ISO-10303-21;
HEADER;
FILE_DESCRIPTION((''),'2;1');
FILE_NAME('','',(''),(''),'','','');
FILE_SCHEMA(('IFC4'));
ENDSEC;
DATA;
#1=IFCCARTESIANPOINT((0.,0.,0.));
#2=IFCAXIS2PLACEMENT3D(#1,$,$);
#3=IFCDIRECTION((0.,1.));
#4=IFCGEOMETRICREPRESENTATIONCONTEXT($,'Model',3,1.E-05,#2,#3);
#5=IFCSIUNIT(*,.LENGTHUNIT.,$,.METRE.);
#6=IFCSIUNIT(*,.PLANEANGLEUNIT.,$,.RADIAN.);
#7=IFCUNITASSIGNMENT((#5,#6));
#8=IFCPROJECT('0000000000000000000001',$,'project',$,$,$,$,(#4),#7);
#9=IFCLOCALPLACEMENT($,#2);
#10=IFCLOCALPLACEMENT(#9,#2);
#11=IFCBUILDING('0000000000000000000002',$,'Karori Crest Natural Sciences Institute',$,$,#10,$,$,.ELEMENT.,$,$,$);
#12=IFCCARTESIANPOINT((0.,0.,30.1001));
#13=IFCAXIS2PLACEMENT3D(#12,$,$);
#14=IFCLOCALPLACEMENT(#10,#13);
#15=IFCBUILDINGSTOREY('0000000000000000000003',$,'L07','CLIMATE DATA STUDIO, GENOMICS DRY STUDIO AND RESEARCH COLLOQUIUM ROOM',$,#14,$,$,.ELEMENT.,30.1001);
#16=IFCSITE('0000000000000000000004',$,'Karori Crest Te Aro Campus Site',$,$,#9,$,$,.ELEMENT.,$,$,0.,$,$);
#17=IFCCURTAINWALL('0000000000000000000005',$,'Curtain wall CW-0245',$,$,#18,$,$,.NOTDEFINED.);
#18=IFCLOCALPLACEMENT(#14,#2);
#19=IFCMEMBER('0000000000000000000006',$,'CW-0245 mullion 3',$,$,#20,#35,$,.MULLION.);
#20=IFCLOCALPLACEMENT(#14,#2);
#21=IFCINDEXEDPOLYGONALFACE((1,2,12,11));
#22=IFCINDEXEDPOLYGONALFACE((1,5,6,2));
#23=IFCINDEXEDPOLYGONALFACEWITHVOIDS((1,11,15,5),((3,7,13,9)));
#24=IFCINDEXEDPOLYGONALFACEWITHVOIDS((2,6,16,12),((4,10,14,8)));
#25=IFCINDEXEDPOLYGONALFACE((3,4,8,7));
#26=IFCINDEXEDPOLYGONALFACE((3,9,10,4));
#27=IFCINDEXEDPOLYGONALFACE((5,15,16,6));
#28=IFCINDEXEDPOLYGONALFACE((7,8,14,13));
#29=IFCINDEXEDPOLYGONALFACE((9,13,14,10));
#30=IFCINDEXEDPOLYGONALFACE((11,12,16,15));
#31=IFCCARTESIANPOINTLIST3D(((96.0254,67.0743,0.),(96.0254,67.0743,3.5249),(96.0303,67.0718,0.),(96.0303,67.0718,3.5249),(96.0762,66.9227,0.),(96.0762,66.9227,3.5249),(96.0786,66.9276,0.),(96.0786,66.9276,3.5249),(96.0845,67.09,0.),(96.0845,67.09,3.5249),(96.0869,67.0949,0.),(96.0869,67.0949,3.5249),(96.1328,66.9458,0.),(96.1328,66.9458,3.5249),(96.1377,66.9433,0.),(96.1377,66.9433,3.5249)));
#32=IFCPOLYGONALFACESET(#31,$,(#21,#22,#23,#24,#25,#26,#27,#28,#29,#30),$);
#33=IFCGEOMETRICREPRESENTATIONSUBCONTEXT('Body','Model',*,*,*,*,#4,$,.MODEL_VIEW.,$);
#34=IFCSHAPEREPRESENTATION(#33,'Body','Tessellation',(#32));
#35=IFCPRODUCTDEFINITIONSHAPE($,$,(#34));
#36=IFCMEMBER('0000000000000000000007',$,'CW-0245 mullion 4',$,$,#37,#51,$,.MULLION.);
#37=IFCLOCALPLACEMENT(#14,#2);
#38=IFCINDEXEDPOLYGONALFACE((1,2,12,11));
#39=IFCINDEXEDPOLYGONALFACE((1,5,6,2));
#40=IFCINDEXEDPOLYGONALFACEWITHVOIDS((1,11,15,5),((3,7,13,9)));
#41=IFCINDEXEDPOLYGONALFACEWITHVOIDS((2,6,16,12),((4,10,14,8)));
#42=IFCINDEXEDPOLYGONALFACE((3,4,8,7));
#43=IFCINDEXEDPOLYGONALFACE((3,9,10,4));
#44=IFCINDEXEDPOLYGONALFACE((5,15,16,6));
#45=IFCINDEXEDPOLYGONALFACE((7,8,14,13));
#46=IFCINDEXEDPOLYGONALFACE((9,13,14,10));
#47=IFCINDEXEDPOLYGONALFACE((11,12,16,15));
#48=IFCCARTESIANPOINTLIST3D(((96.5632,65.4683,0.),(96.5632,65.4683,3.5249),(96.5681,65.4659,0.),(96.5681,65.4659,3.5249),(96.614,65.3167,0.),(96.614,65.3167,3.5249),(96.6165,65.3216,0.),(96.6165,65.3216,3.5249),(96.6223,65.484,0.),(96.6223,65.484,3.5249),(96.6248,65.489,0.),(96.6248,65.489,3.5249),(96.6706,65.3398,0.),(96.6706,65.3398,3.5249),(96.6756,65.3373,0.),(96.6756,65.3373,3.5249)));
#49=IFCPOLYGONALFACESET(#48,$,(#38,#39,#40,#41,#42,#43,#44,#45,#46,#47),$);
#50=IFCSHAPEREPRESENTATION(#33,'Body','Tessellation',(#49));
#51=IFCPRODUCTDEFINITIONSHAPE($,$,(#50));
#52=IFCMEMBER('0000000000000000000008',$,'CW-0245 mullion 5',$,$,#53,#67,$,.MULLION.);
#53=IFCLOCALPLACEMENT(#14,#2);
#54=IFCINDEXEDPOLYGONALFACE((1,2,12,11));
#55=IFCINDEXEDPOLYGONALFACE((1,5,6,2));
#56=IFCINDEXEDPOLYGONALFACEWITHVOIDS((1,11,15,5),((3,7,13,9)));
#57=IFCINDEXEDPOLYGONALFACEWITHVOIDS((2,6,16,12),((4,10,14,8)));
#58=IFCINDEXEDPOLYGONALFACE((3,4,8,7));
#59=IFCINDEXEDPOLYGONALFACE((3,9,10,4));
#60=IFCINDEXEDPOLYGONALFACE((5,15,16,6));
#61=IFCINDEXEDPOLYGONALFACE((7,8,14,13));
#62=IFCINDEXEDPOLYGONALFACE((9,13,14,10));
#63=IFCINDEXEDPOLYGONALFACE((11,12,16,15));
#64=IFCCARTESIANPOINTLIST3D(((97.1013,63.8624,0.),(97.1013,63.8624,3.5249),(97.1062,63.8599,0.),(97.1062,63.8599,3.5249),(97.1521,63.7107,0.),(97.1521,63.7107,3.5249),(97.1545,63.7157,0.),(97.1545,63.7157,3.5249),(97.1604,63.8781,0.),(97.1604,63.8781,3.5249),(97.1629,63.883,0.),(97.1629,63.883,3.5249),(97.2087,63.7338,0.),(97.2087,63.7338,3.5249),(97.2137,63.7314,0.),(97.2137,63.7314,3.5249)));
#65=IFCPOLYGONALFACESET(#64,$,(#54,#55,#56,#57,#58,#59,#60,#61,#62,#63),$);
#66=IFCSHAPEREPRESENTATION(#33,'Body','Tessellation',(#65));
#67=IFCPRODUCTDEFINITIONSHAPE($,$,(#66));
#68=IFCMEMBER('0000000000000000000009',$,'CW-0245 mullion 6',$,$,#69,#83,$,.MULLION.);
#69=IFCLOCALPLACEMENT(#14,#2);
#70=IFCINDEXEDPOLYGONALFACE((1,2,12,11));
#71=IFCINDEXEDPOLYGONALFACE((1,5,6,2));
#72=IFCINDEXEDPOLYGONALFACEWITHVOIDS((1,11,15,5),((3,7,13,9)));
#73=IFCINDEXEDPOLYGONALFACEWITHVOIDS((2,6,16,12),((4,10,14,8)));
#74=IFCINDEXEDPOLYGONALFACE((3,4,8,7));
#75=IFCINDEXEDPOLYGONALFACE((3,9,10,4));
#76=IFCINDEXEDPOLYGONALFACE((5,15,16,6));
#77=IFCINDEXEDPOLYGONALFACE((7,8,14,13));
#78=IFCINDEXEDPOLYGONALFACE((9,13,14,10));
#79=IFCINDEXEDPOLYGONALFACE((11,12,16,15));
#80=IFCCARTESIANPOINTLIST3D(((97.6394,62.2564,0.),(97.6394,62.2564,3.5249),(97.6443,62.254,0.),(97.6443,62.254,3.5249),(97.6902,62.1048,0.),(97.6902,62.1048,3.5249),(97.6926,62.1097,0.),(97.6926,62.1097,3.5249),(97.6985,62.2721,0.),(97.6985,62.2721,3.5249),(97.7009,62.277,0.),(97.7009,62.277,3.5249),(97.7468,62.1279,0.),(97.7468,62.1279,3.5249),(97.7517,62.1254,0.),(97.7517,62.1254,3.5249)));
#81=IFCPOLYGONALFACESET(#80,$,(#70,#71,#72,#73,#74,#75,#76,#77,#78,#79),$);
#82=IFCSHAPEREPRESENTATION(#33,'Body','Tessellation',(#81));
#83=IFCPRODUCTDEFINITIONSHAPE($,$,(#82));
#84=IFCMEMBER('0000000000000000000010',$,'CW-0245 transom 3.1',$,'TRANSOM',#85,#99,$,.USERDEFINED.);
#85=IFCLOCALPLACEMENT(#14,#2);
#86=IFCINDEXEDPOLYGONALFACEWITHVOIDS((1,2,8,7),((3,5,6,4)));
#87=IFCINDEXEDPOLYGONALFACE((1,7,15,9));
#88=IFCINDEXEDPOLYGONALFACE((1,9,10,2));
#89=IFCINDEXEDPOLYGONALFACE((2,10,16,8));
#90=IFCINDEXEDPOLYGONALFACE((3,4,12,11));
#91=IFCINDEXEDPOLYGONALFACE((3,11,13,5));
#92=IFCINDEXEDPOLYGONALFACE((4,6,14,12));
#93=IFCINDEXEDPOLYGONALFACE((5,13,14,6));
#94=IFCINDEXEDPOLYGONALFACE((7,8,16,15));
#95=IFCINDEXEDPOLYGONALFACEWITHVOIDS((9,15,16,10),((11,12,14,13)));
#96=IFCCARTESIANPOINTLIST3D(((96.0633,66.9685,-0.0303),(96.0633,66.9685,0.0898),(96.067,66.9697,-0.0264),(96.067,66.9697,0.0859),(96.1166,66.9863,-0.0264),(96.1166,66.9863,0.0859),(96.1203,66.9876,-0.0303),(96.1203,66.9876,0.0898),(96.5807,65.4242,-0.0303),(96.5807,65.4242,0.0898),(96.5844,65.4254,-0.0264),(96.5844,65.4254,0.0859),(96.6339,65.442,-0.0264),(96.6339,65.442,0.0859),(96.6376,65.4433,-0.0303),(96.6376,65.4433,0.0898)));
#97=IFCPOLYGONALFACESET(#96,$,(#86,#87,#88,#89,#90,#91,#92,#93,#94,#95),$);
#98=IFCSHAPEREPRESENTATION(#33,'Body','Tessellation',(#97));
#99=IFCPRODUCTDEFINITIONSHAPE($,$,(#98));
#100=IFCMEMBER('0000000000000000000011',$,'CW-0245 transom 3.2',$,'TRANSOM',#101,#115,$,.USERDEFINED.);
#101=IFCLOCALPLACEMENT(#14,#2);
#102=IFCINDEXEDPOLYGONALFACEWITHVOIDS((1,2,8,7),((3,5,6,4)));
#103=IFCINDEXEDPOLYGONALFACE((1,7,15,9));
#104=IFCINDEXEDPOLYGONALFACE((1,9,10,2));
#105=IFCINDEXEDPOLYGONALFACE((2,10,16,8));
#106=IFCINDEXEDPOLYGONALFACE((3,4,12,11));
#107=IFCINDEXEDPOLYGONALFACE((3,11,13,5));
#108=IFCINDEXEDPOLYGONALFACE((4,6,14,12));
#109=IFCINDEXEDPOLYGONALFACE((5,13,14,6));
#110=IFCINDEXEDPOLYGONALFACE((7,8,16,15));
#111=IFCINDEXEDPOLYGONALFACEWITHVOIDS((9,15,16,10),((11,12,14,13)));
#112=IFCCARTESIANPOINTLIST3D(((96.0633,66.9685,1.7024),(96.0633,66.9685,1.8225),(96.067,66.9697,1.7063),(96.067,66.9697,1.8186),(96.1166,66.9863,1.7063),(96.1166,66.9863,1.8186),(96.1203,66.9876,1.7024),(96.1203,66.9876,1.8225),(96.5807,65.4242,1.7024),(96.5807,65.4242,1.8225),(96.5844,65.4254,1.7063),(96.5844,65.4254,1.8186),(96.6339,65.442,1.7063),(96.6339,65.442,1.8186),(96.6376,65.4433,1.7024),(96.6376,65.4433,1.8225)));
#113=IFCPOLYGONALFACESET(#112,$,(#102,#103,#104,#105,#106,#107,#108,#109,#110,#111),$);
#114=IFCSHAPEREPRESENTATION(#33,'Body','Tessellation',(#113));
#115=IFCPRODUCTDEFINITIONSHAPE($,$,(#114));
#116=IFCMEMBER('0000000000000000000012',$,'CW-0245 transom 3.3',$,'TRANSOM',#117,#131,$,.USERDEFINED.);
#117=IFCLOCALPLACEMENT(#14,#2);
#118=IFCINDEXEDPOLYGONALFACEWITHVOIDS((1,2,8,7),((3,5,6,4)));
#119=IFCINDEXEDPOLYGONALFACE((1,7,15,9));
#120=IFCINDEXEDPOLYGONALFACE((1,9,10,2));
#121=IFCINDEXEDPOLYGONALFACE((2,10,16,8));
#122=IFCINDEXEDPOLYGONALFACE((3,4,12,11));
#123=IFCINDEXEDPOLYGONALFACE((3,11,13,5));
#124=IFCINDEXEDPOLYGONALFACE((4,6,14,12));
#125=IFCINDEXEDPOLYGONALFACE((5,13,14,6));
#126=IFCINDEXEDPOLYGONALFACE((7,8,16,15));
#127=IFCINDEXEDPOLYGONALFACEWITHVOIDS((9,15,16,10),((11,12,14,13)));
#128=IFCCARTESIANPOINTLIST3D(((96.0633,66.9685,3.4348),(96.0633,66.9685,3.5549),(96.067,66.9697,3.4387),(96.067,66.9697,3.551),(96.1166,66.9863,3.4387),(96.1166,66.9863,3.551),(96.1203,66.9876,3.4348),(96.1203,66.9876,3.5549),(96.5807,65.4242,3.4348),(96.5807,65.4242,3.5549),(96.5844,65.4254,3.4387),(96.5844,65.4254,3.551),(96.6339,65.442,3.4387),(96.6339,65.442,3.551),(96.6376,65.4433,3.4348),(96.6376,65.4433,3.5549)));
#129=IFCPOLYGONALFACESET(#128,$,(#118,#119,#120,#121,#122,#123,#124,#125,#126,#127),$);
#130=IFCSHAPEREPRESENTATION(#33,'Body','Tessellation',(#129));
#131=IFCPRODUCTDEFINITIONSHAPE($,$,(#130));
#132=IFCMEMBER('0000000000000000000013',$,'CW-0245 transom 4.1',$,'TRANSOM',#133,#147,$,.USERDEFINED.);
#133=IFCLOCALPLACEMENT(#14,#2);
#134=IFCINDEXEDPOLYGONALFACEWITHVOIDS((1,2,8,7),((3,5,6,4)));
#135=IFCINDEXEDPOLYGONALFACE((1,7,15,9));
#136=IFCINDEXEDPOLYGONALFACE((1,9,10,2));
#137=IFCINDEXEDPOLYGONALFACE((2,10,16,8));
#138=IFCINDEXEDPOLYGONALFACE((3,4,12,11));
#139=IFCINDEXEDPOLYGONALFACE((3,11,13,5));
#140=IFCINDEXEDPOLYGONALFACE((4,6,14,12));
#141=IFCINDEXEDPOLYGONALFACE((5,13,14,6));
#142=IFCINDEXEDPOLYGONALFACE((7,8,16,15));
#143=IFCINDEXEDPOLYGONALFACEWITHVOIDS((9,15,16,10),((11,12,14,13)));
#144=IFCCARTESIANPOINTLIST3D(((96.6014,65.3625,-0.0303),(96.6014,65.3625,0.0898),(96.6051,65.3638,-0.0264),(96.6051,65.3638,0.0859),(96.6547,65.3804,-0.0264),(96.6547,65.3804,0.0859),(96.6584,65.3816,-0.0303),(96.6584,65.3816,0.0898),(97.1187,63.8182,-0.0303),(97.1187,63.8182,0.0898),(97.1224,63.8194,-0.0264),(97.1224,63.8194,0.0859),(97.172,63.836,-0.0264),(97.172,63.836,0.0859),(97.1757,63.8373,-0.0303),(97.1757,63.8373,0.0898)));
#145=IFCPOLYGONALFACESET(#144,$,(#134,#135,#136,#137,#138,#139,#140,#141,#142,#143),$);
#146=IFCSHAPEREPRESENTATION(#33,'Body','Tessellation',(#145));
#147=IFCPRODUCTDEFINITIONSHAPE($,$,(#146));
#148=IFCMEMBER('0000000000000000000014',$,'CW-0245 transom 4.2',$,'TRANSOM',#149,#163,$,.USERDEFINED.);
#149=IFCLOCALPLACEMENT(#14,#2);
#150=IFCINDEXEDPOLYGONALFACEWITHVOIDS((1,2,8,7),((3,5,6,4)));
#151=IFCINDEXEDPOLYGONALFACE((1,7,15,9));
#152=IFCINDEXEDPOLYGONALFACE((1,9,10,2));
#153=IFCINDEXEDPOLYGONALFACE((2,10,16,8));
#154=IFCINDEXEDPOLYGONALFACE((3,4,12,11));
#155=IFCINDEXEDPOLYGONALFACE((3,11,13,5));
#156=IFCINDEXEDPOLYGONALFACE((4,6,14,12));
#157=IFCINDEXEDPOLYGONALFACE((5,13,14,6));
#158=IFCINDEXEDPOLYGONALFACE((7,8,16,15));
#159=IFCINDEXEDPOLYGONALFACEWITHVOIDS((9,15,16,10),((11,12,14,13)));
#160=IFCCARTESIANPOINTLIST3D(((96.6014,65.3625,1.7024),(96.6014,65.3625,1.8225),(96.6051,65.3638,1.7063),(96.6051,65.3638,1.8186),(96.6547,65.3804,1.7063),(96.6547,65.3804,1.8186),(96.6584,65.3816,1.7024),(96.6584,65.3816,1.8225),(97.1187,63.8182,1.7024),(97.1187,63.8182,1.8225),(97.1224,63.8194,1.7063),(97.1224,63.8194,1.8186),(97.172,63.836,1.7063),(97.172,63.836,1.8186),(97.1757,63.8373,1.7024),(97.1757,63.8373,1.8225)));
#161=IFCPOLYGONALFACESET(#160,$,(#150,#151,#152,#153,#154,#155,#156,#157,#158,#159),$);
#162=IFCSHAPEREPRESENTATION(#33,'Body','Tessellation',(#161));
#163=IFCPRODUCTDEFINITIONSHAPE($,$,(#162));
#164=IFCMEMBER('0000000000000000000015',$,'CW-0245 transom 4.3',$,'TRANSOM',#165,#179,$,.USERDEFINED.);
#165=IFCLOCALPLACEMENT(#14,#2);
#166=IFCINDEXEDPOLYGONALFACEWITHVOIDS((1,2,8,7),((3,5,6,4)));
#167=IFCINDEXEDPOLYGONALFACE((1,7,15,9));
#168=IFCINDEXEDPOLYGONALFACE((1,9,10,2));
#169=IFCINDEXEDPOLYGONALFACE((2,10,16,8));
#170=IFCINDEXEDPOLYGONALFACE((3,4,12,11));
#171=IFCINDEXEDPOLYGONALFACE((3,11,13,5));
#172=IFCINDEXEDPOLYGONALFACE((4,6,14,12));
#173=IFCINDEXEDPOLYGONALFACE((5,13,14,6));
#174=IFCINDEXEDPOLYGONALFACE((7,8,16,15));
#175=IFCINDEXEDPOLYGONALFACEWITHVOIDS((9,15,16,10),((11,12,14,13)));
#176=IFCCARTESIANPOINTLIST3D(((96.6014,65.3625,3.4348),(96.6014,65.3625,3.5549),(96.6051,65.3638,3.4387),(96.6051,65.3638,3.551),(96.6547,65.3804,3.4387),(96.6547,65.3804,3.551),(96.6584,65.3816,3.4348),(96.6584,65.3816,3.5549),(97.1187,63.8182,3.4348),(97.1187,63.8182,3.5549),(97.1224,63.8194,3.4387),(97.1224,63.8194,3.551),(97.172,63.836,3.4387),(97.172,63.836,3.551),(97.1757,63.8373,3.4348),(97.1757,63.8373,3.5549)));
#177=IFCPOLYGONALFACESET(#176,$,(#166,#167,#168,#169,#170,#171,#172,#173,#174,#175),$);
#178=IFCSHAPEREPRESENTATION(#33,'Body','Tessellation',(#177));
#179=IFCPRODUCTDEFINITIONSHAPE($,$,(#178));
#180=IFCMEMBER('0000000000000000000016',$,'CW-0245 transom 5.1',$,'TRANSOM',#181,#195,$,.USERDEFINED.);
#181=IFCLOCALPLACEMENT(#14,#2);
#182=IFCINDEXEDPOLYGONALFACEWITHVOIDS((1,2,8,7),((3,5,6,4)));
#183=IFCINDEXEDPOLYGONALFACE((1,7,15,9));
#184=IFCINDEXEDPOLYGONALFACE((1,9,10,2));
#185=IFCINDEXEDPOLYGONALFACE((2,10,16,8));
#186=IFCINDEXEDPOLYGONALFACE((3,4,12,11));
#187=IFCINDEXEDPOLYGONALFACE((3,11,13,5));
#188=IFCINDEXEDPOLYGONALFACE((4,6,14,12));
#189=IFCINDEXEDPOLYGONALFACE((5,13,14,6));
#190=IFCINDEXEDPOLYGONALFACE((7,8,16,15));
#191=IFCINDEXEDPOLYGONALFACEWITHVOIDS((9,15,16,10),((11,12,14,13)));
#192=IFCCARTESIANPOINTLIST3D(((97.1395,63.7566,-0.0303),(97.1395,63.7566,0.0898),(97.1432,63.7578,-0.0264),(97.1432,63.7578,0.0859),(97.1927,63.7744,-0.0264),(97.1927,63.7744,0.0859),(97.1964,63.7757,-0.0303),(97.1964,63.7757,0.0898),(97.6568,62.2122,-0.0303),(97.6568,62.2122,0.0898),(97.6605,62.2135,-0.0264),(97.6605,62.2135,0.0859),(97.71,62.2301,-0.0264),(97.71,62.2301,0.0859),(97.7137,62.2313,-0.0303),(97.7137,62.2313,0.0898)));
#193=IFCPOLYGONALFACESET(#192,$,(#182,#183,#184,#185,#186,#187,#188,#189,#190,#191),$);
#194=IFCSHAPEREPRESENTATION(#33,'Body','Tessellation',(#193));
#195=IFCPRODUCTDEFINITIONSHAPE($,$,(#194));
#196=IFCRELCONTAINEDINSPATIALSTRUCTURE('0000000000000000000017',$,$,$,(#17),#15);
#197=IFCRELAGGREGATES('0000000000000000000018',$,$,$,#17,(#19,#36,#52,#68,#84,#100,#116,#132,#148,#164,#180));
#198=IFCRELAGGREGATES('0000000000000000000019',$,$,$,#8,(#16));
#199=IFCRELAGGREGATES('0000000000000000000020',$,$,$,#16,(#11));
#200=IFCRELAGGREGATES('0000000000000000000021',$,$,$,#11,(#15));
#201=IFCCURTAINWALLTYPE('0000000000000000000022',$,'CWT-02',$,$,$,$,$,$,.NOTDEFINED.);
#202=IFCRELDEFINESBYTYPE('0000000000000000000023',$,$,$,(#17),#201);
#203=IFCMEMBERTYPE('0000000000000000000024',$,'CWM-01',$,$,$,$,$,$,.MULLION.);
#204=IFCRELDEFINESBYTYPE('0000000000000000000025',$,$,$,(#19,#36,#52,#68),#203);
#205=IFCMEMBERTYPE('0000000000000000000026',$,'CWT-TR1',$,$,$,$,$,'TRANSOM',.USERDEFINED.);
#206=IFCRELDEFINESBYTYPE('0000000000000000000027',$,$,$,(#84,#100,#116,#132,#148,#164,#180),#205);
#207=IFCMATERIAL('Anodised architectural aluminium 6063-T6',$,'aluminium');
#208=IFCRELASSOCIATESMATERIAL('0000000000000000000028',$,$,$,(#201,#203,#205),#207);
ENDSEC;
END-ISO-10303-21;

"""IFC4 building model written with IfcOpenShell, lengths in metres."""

from ifc_helpers import new_model, si_unit, direction, frame, origin, origin_2d, place, context, subcontext, project, spatial, hollow_rectangle, extrude, material, material_profile, profile_set, type_object, element, aggregate, save


model = new_model("IFC4")

# Units and contexts
model_context = context("Model", 3, precision=1e-05, world=origin(), true_north=direction((0.0, 1.0)))
body_context = subcontext(model_context, "Body", "Model", "MODEL_VIEW")
ifc_project = project(units=[si_unit("LENGTHUNIT", "METRE"), si_unit("PLANEANGLEUNIT", "RADIAN")], contexts=[model_context])

# Site, building, storey
site_placement = place(None, origin())
site = spatial("IfcSite", under=ifc_project, at=site_placement, Name="Karori Crest Te Aro Campus Site", CompositionType="ELEMENT", RefElevation=0.0)
building_placement = place(site_placement, origin())
building = spatial("IfcBuilding", under=site, at=building_placement, Name="Karori Crest Natural Sciences Institute", CompositionType="ELEMENT")
storey_placement = place(building_placement, frame((0.0, 0.0, 30.1001)))
storey = spatial("IfcBuildingStorey", under=building, at=storey_placement, Name="L07", Description="CLIMATE DATA STUDIO, GENOMICS DRY STUDIO AND RESEARCH COLLOQUIUM ROOM", CompositionType="ELEMENT", Elevation=30.1001)

# Curtain wall, members
ifc_material_1 = material(Name="Anodised architectural aluminium 6063-T6", Category="aluminium")
curtain_wall_type = type_object("IfcCurtainWallType", Name="CWT-02", PredefinedType="NOTDEFINED", material=ifc_material_1)
curtain_wall_placement = place(storey_placement, origin())
curtain_wall = element("IfcCurtainWall", 1, at=curtain_wall_placement, inside=storey, type_object=curtain_wall_type, Name="Curtain wall CW-0245", PredefinedType="NOTDEFINED")
ifc_material_profile_1 = material_profile(ifc_material_1, hollow_rectangle(XDim=0.0649, YDim=0.1599, WallThickness=0.0039, at=origin_2d()), Name="CWM160x65x4")
ifc_profile_set_1 = profile_set([ifc_material_profile_1], Name="Anodised architectural aluminium 6063-T6")
member_type_1 = type_object("IfcMemberType", Name="CWM-01", PredefinedType="MULLION", material=ifc_profile_set_1)
member_1_placement = place(storey_placement, frame((96.0815, 67.0088, 0.0), z_axis=(0.0, 0.0, 1.0), x_axis=(0.948198, 0.31768, 0.0)))
member_1 = element("IfcMember", 2, at=member_1_placement, type_object=member_type_1, Name="CW-0245 mullion 3", PredefinedType="MULLION", context=body_context, shape_type="SweptSolid", body=[
    extrude(hollow_rectangle(XDim=0.0649, YDim=0.1599, WallThickness=0.0039, at=origin_2d()), origin(), (0.0, 0.0, 1.0), 3.5249),
])
member_2_placement = place(storey_placement, frame((96.6194, 65.4028, 0.0), z_axis=(0.0, 0.0, 1.0), x_axis=(0.948198, 0.31768, 0.0)))
member_2 = element("IfcMember", 3, at=member_2_placement, type_object=member_type_1, Name="CW-0245 mullion 4", PredefinedType="MULLION", context=body_context, shape_type="SweptSolid", body=[
    extrude(hollow_rectangle(XDim=0.0649, YDim=0.1599, WallThickness=0.0039, at=origin_2d()), origin(), (0.0, 0.0, 1.0), 3.5249),
])
member_3_placement = place(storey_placement, frame((97.1575, 63.7969, 0.0), z_axis=(0.0, 0.0, 1.0), x_axis=(0.948198, 0.31768, 0.0)))
member_3 = element("IfcMember", 4, at=member_3_placement, type_object=member_type_1, Name="CW-0245 mullion 5", PredefinedType="MULLION", context=body_context, shape_type="SweptSolid", body=[
    extrude(hollow_rectangle(XDim=0.0649, YDim=0.1599, WallThickness=0.0039, at=origin_2d()), origin(), (0.0, 0.0, 1.0), 3.5249),
])
member_4_placement = place(storey_placement, frame((97.6956, 62.1909, 0.0), z_axis=(0.0, 0.0, 1.0), x_axis=(0.948198, 0.31768, 0.0)))
member_4 = element("IfcMember", 5, at=member_4_placement, type_object=member_type_1, Name="CW-0245 mullion 6", PredefinedType="MULLION", context=body_context, shape_type="SweptSolid", body=[
    extrude(hollow_rectangle(XDim=0.0649, YDim=0.1599, WallThickness=0.0039, at=origin_2d()), origin(), (0.0, 0.0, 1.0), 3.5249),
])
ifc_material_profile_2 = material_profile(ifc_material_1, hollow_rectangle(XDim=0.0601, YDim=0.1201, WallThickness=0.0039, at=origin_2d()), Name="CWT120x60x4")
ifc_profile_set_2 = profile_set([ifc_material_profile_2], Name="Anodised architectural aluminium 6063-T6")
member_type_2 = type_object("IfcMemberType", Name="CWT-TR1", ElementType="TRANSOM", PredefinedType="USERDEFINED", material=ifc_profile_set_2)
member_5_placement = place(storey_placement, frame((96.0918, 66.978, 0.0298), z_axis=(0.317667, -0.948202, 0.0), x_axis=(0.948202, 0.317667, 0.0)))
member_5 = element("IfcMember", 6, at=member_5_placement, type_object=member_type_2, Name="CW-0245 transom 3.1", ObjectType="TRANSOM", PredefinedType="USERDEFINED", context=body_context, shape_type="SweptSolid", body=[
    extrude(hollow_rectangle(XDim=0.0601, YDim=0.1201, WallThickness=0.0039, at=origin_2d()), origin(), (0.0, 0.0, 1.0), 1.6287),
])
member_6_placement = place(storey_placement, frame((96.0918, 66.978, 1.7625), z_axis=(0.317667, -0.948202, 0.0), x_axis=(0.948202, 0.317667, 0.0)))
member_6 = element("IfcMember", 7, at=member_6_placement, type_object=member_type_2, Name="CW-0245 transom 3.2", ObjectType="TRANSOM", PredefinedType="USERDEFINED", context=body_context, shape_type="SweptSolid", body=[
    extrude(hollow_rectangle(XDim=0.0601, YDim=0.1201, WallThickness=0.0039, at=origin_2d()), origin(), (0.0, 0.0, 1.0), 1.6287),
])
member_7_placement = place(storey_placement, frame((96.0918, 66.978, 3.4949), z_axis=(0.317667, -0.948202, 0.0), x_axis=(0.948202, 0.317667, 0.0)))
member_7 = element("IfcMember", 8, at=member_7_placement, type_object=member_type_2, Name="CW-0245 transom 3.3", ObjectType="TRANSOM", PredefinedType="USERDEFINED", context=body_context, shape_type="SweptSolid", body=[
    extrude(hollow_rectangle(XDim=0.0601, YDim=0.1201, WallThickness=0.0039, at=origin_2d()), origin(), (0.0, 0.0, 1.0), 1.6287),
])
member_8_placement = place(storey_placement, frame((96.6299, 65.3721, 0.0298), z_axis=(0.317621, -0.948218, 0.0), x_axis=(0.948218, 0.317621, 0.0)))
member_8 = element("IfcMember", 9, at=member_8_placement, type_object=member_type_2, Name="CW-0245 transom 4.1", ObjectType="TRANSOM", PredefinedType="USERDEFINED", context=body_context, shape_type="SweptSolid", body=[
    extrude(hollow_rectangle(XDim=0.0601, YDim=0.1201, WallThickness=0.0039, at=origin_2d()), origin(), (0.0, 0.0, 1.0), 1.6287),
])
member_9_placement = place(storey_placement, frame((96.6299, 65.3721, 1.7625), z_axis=(0.317621, -0.948218, 0.0), x_axis=(0.948218, 0.317621, 0.0)))
member_9 = element("IfcMember", 10, at=member_9_placement, type_object=member_type_2, Name="CW-0245 transom 4.2", ObjectType="TRANSOM", PredefinedType="USERDEFINED", context=body_context, shape_type="SweptSolid", body=[
    extrude(hollow_rectangle(XDim=0.0601, YDim=0.1201, WallThickness=0.0039, at=origin_2d()), origin(), (0.0, 0.0, 1.0), 1.6287),
])
member_10_placement = place(storey_placement, frame((96.6299, 65.3721, 3.4949), z_axis=(0.317621, -0.948218, 0.0), x_axis=(0.948218, 0.317621, 0.0)))
member_10 = element("IfcMember", 11, at=member_10_placement, type_object=member_type_2, Name="CW-0245 transom 4.3", ObjectType="TRANSOM", PredefinedType="USERDEFINED", context=body_context, shape_type="SweptSolid", body=[
    extrude(hollow_rectangle(XDim=0.0601, YDim=0.1201, WallThickness=0.0039, at=origin_2d()), origin(), (0.0, 0.0, 1.0), 1.6287),
])
member_11_placement = place(storey_placement, frame((97.168, 63.7661, 0.0298), z_axis=(0.317621, -0.948218, 0.0), x_axis=(0.948218, 0.317621, 0.0)))
member_11 = element("IfcMember", 12, at=member_11_placement, type_object=member_type_2, Name="CW-0245 transom 5.1", ObjectType="TRANSOM", PredefinedType="USERDEFINED", context=body_context, shape_type="SweptSolid", body=[
    extrude(hollow_rectangle(XDim=0.0601, YDim=0.1201, WallThickness=0.0039, at=origin_2d()), origin(), (0.0, 0.0, 1.0), 1.6287),
])
aggregate(curtain_wall, [member_1, member_2, member_3, member_4, member_5, member_6, member_7, member_8, member_9, member_10, member_11])

save(model, "model.ifc")
